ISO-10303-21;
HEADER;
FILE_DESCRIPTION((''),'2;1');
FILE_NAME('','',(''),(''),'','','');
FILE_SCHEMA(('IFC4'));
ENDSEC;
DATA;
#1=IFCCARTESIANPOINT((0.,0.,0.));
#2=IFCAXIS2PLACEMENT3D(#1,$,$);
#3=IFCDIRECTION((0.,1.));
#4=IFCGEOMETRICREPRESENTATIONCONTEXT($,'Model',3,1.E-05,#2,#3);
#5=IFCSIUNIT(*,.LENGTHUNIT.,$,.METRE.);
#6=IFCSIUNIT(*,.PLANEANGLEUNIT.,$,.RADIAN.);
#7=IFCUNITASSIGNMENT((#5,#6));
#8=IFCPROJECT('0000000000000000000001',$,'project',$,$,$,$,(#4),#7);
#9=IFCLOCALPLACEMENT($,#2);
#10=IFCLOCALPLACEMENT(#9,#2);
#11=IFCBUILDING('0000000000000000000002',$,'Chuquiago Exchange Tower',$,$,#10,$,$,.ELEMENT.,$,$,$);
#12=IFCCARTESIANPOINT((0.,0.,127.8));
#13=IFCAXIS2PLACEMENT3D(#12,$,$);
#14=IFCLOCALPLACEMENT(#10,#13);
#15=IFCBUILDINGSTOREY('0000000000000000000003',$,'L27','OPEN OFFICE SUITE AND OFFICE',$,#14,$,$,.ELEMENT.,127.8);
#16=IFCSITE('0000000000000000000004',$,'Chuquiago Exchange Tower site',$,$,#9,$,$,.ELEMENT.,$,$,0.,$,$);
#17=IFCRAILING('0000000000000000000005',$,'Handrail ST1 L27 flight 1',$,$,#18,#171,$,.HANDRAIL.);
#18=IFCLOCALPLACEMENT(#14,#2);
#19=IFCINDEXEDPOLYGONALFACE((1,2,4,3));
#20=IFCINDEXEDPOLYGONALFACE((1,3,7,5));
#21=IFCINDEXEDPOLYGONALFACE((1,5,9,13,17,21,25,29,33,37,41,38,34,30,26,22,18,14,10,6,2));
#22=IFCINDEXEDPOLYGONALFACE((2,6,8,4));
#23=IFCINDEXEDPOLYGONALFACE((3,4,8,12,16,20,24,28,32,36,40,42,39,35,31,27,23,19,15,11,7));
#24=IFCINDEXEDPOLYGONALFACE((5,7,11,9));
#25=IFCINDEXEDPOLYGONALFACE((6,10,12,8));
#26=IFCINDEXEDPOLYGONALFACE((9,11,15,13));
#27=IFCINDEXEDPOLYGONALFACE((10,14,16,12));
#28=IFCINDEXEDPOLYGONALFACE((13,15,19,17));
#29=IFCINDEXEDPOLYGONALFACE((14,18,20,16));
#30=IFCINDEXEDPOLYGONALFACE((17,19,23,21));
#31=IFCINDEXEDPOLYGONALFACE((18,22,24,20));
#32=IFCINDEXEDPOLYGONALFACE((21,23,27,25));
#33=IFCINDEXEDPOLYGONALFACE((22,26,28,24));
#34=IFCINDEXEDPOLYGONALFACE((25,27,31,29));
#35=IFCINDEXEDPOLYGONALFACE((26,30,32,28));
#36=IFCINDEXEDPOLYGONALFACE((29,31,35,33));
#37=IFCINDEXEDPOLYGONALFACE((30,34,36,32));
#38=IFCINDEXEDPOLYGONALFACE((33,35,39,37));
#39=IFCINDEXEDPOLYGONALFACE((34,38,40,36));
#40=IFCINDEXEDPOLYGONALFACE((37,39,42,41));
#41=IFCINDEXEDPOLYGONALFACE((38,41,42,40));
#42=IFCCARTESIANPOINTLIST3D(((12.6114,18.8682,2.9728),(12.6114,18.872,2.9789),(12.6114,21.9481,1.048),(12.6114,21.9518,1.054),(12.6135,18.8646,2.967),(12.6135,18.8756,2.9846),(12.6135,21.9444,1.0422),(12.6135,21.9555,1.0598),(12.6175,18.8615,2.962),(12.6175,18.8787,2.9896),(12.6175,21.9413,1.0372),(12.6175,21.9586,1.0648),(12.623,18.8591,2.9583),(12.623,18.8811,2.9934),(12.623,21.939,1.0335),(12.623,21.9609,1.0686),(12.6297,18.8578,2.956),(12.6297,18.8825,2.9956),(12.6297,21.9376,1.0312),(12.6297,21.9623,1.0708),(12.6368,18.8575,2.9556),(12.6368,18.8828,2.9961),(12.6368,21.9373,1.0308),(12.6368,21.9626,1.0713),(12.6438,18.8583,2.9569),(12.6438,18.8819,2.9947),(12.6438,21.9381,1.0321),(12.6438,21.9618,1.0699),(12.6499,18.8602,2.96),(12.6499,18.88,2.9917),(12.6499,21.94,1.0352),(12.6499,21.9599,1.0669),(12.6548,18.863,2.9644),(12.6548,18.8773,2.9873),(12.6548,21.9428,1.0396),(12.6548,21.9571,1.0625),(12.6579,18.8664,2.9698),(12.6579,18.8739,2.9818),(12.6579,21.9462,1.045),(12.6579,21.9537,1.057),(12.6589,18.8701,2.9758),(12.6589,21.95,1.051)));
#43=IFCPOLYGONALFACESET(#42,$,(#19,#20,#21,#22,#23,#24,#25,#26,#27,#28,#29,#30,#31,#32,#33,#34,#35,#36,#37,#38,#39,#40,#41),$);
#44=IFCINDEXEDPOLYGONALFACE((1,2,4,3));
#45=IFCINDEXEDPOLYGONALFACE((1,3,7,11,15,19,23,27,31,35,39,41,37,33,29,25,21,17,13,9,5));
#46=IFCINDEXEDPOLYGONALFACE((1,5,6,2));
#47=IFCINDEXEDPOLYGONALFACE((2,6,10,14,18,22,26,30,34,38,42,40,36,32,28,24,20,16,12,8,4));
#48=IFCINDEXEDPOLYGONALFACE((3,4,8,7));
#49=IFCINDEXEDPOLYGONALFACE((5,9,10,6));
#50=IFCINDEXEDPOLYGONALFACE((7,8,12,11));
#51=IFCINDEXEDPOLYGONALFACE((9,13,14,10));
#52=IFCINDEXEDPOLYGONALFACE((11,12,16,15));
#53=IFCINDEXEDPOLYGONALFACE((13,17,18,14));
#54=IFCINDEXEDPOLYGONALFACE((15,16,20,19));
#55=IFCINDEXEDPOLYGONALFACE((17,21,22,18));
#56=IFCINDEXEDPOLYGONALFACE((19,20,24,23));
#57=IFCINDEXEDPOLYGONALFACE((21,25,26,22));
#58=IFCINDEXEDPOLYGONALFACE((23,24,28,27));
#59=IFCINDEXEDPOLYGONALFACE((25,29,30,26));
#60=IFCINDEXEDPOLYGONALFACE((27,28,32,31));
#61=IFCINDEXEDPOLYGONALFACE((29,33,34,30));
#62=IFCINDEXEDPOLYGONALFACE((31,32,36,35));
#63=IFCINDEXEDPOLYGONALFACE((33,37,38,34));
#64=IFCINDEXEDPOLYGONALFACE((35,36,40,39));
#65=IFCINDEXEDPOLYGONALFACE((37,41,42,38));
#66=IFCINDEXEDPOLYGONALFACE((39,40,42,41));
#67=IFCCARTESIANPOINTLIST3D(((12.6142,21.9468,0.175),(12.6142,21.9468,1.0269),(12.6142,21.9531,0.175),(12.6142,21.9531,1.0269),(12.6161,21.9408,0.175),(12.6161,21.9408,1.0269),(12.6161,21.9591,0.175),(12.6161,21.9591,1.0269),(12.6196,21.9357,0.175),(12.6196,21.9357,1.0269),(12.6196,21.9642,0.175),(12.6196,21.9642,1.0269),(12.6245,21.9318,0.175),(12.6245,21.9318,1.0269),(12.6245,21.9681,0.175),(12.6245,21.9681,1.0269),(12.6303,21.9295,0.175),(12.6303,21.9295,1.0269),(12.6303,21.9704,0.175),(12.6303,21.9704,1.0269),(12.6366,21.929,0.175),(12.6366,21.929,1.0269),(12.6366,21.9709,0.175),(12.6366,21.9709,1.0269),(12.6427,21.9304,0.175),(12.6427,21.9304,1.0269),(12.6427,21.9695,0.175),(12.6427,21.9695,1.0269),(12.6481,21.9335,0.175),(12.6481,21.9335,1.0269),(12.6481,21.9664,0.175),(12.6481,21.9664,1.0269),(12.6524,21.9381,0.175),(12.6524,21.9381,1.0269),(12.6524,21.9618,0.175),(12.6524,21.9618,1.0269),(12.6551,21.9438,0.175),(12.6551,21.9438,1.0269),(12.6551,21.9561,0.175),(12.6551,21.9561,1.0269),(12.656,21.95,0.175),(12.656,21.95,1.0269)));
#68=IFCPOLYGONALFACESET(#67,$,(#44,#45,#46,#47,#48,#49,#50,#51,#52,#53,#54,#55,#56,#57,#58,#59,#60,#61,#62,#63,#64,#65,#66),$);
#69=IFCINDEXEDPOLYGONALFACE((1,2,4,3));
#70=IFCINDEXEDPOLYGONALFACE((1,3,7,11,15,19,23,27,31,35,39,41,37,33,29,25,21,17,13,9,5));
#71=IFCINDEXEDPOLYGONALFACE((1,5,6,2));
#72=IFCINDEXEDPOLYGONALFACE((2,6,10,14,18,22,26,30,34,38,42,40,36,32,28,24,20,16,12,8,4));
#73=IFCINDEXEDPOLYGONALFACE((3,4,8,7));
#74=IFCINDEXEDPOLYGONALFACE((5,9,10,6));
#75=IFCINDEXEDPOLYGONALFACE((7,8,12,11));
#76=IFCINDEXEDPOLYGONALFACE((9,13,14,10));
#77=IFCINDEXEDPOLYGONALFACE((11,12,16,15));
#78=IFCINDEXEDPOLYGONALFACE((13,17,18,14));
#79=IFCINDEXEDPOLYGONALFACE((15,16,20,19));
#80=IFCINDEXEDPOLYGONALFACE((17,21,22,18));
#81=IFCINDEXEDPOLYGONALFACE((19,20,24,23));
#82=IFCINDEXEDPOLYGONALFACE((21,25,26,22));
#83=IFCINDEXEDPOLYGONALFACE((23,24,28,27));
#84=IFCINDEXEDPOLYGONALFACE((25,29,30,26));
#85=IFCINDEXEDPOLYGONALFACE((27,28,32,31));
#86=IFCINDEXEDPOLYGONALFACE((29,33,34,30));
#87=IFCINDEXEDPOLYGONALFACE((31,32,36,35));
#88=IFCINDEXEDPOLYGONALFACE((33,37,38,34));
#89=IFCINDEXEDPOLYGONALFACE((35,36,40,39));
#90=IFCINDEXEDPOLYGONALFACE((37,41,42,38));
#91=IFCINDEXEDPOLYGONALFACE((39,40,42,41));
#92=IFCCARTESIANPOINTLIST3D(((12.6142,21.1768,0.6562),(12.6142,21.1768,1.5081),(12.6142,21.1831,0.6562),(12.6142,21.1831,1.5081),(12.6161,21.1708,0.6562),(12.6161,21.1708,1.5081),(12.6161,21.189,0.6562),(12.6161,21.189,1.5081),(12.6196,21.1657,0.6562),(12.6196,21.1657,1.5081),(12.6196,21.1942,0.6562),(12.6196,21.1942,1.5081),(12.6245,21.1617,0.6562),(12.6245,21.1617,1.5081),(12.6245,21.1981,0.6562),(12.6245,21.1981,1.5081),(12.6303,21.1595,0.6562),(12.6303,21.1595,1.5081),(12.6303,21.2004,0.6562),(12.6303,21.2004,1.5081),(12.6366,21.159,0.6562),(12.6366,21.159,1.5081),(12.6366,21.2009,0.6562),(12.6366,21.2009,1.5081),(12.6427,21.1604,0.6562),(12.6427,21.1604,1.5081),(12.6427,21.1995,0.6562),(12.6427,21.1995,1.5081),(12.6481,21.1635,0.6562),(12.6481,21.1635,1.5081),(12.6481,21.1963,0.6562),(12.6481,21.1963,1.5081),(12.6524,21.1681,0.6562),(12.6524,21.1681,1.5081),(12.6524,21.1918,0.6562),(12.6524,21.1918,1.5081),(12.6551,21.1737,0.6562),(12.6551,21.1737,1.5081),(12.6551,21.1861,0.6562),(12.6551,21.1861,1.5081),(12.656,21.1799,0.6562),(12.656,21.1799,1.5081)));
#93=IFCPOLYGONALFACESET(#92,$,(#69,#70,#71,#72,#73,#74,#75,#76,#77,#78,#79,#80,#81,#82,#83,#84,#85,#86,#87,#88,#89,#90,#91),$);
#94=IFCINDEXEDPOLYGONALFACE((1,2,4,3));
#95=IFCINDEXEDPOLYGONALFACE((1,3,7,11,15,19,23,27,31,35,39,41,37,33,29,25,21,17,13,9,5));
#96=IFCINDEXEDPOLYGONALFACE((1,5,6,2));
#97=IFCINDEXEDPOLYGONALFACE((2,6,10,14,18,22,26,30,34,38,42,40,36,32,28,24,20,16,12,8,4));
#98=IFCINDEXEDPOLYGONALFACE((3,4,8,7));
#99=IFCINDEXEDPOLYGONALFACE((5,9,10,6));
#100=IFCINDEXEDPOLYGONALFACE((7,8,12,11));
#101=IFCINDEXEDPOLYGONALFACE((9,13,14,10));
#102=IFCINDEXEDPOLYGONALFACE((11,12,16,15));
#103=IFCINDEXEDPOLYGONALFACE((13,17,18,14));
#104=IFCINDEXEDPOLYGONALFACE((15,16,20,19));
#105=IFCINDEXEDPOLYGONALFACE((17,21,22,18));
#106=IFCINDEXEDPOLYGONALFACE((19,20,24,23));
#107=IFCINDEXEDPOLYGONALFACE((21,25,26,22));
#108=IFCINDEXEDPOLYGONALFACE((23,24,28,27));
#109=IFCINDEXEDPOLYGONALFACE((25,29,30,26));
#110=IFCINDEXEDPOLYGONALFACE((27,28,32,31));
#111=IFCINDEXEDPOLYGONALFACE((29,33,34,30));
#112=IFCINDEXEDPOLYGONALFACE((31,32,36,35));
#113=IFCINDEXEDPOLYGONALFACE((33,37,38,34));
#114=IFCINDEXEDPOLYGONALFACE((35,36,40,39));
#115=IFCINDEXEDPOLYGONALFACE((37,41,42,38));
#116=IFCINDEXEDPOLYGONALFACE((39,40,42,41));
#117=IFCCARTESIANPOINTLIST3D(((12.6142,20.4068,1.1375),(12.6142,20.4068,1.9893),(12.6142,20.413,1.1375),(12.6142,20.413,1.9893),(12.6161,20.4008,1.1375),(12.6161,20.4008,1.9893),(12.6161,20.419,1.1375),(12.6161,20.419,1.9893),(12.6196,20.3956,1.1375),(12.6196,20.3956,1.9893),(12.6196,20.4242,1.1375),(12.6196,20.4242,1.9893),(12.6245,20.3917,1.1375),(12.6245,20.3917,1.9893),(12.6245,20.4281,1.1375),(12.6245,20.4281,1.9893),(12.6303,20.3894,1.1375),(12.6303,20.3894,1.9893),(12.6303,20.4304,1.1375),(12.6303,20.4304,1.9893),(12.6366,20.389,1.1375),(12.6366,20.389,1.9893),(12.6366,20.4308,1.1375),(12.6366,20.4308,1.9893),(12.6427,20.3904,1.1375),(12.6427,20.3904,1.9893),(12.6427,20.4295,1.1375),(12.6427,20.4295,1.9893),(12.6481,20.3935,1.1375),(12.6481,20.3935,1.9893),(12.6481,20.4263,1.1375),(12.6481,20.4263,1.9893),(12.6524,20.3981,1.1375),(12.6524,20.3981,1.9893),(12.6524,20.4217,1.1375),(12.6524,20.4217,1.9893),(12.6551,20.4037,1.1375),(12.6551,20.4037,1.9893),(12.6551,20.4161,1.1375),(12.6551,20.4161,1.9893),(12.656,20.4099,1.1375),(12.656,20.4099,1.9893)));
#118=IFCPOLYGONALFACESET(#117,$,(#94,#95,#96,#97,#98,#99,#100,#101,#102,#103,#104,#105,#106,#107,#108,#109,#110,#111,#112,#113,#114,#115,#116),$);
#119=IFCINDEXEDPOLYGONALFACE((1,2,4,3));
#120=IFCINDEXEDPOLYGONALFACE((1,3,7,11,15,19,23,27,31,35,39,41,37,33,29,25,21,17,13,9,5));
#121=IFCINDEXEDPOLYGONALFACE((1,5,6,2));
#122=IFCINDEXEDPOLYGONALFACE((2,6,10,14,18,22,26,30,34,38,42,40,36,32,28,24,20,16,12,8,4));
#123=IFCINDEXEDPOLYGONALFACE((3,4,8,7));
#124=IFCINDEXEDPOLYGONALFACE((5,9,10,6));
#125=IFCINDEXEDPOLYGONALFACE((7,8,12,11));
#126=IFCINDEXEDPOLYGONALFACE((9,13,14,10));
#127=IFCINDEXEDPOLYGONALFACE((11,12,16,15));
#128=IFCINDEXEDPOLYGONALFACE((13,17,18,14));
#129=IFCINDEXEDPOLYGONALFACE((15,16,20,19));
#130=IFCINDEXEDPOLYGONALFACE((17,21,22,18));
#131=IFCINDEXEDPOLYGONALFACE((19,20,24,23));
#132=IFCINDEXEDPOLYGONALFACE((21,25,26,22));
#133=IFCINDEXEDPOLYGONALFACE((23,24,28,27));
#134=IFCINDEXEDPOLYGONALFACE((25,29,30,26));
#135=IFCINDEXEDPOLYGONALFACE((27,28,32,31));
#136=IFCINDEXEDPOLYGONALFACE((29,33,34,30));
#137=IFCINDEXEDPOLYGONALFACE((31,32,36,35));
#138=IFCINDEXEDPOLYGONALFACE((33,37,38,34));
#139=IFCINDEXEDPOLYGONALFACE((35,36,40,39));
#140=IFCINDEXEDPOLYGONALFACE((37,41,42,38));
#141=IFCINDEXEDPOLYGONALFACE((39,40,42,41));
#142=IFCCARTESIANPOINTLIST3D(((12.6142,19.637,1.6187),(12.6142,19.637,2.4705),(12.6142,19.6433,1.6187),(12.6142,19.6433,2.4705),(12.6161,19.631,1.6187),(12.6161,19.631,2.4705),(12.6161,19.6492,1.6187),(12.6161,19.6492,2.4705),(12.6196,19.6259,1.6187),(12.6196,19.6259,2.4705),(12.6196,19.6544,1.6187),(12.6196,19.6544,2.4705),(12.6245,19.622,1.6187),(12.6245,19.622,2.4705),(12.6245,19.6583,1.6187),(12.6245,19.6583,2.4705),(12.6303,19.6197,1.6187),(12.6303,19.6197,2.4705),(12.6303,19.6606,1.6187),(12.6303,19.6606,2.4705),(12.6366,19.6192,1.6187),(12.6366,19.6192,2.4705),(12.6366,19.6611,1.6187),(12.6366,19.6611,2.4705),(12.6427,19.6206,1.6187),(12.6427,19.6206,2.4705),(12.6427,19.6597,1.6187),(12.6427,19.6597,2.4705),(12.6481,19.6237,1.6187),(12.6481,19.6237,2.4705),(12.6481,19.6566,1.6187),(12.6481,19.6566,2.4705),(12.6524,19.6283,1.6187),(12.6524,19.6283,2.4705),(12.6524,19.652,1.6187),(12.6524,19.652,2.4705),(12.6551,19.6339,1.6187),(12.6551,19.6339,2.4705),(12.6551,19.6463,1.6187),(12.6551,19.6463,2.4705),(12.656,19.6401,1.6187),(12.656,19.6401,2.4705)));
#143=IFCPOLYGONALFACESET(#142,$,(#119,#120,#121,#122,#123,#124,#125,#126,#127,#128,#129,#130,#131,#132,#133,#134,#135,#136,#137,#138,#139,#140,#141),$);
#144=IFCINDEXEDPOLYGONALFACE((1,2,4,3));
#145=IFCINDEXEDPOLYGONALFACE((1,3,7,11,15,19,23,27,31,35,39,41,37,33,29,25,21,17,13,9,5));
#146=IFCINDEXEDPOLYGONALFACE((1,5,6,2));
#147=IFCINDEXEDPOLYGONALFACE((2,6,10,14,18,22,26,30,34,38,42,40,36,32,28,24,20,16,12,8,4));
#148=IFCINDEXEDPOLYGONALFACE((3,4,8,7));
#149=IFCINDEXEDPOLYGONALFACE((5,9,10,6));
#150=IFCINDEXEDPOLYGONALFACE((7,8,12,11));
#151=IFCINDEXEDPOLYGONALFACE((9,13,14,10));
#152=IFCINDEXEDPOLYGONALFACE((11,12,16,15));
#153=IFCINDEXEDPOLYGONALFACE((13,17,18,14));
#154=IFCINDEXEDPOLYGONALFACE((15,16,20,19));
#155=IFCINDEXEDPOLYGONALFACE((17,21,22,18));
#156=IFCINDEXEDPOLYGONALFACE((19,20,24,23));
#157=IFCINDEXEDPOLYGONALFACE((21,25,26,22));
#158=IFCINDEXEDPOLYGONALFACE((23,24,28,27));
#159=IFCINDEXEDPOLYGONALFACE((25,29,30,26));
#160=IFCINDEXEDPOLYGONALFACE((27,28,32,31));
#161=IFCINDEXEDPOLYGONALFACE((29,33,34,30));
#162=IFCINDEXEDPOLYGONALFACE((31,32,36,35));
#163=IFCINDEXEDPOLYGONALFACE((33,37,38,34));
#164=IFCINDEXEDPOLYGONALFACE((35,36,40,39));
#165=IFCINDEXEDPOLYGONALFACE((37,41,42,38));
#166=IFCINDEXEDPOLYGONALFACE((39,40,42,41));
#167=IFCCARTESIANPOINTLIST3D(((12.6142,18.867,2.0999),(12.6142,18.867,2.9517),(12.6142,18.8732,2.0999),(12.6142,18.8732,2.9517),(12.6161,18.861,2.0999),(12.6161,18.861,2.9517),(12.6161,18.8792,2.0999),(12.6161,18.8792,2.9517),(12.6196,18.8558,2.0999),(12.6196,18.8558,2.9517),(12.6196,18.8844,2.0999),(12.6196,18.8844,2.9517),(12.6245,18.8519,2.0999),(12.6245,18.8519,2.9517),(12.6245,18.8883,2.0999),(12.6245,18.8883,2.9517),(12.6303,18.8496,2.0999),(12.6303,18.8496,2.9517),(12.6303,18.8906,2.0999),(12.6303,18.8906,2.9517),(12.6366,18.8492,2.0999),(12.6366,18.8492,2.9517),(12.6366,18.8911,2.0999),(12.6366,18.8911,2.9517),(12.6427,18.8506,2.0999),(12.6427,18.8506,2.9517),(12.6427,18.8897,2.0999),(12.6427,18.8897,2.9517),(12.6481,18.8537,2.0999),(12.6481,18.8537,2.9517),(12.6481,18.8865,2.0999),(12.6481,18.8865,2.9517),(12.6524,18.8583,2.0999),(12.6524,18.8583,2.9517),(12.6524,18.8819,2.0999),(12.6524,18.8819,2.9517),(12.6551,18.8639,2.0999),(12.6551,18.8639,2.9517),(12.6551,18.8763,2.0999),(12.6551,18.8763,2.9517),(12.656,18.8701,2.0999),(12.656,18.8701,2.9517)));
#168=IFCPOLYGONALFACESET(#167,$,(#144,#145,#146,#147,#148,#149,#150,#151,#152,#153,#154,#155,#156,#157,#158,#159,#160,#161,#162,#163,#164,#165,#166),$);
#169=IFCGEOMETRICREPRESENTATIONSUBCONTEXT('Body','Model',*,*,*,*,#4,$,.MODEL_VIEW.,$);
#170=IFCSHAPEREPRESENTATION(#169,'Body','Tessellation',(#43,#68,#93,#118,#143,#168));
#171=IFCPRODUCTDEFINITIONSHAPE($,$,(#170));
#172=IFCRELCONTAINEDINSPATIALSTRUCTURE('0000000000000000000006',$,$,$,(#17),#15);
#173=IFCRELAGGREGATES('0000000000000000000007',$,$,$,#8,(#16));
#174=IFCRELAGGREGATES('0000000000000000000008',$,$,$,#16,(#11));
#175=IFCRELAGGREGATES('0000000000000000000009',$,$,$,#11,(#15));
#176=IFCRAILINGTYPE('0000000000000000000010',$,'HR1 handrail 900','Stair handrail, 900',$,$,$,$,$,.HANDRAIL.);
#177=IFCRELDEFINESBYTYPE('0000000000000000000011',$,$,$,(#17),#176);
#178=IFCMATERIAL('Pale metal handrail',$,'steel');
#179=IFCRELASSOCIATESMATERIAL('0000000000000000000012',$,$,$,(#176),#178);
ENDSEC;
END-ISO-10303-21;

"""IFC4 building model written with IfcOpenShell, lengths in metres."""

from ifc_helpers import new_model, si_unit, direction, frame, origin, origin_2d, place, context, subcontext, project, spatial, circle, extrude, material, type_object, element, save


model = new_model("IFC4")

# Units and contexts
model_context = context("Model", 3, precision=1e-05, world=origin(), true_north=direction((0.0, 1.0)))
body_context = subcontext(model_context, "Body", "Model", "MODEL_VIEW")
ifc_project = project(units=[si_unit("LENGTHUNIT", "METRE"), si_unit("PLANEANGLEUNIT", "RADIAN")], contexts=[model_context])

# Site, building, storey
site_placement = place(None, origin())
site = spatial("IfcSite", under=ifc_project, at=site_placement, Name="Chuquiago Exchange Tower site", CompositionType="ELEMENT", RefElevation=0.0)
building_placement = place(site_placement, origin())
building = spatial("IfcBuilding", under=site, at=building_placement, Name="Chuquiago Exchange Tower", CompositionType="ELEMENT")
storey_placement = place(building_placement, frame((0.0, 0.0, 127.8)))
storey = spatial("IfcBuildingStorey", under=building, at=storey_placement, Name="L27", Description="OPEN OFFICE SUITE AND OFFICE", CompositionType="ELEMENT", Elevation=127.8)

# Railing
ifc_material_1 = material(Name="Pale metal handrail", Category="steel")
railing_type = type_object("IfcRailingType", Name="HR1 handrail 900", Description="Stair handrail, 900", PredefinedType="HANDRAIL", material=ifc_material_1)
for number, where, name in (
    (1, (12.635, 21.95, 0.175), "Handrail ST1 L27 flight 1"),
):
    element("IfcRailing", number, at=place(storey_placement, frame(where)), inside=storey, type_object=railing_type, Name=name, PredefinedType="HANDRAIL", context=body_context, shape_type="SweptSolid", body=[
        extrude(circle(Radius=0.0239, at=origin_2d()), frame((0.0, 0.0, 0.876), z_axis=(0.0, -0.84801, 0.529981), x_axis=(1.0, 0.0, 0.0)), (0.0, 0.0, 1.0), 3.6318),
        extrude(circle(Radius=0.021, at=origin_2d()), origin(), (0.0, 0.0, 1.0), 0.8518),
        extrude(circle(Radius=0.021, at=origin_2d()), frame((0.0, -0.77, 0.4812)), (0.0, 0.0, 1.0), 0.8518),
        extrude(circle(Radius=0.021, at=origin_2d()), frame((0.0, -1.54, 0.9624)), (0.0, 0.0, 1.0), 0.8518),
        extrude(circle(Radius=0.021, at=origin_2d()), frame((0.0, -2.3098, 1.4436)), (0.0, 0.0, 1.0), 0.8518),
        extrude(circle(Radius=0.021, at=origin_2d()), frame((0.0, -3.0798, 1.9248)), (0.0, 0.0, 1.0), 0.8518),
    ])

save(model, "model.ifc")
